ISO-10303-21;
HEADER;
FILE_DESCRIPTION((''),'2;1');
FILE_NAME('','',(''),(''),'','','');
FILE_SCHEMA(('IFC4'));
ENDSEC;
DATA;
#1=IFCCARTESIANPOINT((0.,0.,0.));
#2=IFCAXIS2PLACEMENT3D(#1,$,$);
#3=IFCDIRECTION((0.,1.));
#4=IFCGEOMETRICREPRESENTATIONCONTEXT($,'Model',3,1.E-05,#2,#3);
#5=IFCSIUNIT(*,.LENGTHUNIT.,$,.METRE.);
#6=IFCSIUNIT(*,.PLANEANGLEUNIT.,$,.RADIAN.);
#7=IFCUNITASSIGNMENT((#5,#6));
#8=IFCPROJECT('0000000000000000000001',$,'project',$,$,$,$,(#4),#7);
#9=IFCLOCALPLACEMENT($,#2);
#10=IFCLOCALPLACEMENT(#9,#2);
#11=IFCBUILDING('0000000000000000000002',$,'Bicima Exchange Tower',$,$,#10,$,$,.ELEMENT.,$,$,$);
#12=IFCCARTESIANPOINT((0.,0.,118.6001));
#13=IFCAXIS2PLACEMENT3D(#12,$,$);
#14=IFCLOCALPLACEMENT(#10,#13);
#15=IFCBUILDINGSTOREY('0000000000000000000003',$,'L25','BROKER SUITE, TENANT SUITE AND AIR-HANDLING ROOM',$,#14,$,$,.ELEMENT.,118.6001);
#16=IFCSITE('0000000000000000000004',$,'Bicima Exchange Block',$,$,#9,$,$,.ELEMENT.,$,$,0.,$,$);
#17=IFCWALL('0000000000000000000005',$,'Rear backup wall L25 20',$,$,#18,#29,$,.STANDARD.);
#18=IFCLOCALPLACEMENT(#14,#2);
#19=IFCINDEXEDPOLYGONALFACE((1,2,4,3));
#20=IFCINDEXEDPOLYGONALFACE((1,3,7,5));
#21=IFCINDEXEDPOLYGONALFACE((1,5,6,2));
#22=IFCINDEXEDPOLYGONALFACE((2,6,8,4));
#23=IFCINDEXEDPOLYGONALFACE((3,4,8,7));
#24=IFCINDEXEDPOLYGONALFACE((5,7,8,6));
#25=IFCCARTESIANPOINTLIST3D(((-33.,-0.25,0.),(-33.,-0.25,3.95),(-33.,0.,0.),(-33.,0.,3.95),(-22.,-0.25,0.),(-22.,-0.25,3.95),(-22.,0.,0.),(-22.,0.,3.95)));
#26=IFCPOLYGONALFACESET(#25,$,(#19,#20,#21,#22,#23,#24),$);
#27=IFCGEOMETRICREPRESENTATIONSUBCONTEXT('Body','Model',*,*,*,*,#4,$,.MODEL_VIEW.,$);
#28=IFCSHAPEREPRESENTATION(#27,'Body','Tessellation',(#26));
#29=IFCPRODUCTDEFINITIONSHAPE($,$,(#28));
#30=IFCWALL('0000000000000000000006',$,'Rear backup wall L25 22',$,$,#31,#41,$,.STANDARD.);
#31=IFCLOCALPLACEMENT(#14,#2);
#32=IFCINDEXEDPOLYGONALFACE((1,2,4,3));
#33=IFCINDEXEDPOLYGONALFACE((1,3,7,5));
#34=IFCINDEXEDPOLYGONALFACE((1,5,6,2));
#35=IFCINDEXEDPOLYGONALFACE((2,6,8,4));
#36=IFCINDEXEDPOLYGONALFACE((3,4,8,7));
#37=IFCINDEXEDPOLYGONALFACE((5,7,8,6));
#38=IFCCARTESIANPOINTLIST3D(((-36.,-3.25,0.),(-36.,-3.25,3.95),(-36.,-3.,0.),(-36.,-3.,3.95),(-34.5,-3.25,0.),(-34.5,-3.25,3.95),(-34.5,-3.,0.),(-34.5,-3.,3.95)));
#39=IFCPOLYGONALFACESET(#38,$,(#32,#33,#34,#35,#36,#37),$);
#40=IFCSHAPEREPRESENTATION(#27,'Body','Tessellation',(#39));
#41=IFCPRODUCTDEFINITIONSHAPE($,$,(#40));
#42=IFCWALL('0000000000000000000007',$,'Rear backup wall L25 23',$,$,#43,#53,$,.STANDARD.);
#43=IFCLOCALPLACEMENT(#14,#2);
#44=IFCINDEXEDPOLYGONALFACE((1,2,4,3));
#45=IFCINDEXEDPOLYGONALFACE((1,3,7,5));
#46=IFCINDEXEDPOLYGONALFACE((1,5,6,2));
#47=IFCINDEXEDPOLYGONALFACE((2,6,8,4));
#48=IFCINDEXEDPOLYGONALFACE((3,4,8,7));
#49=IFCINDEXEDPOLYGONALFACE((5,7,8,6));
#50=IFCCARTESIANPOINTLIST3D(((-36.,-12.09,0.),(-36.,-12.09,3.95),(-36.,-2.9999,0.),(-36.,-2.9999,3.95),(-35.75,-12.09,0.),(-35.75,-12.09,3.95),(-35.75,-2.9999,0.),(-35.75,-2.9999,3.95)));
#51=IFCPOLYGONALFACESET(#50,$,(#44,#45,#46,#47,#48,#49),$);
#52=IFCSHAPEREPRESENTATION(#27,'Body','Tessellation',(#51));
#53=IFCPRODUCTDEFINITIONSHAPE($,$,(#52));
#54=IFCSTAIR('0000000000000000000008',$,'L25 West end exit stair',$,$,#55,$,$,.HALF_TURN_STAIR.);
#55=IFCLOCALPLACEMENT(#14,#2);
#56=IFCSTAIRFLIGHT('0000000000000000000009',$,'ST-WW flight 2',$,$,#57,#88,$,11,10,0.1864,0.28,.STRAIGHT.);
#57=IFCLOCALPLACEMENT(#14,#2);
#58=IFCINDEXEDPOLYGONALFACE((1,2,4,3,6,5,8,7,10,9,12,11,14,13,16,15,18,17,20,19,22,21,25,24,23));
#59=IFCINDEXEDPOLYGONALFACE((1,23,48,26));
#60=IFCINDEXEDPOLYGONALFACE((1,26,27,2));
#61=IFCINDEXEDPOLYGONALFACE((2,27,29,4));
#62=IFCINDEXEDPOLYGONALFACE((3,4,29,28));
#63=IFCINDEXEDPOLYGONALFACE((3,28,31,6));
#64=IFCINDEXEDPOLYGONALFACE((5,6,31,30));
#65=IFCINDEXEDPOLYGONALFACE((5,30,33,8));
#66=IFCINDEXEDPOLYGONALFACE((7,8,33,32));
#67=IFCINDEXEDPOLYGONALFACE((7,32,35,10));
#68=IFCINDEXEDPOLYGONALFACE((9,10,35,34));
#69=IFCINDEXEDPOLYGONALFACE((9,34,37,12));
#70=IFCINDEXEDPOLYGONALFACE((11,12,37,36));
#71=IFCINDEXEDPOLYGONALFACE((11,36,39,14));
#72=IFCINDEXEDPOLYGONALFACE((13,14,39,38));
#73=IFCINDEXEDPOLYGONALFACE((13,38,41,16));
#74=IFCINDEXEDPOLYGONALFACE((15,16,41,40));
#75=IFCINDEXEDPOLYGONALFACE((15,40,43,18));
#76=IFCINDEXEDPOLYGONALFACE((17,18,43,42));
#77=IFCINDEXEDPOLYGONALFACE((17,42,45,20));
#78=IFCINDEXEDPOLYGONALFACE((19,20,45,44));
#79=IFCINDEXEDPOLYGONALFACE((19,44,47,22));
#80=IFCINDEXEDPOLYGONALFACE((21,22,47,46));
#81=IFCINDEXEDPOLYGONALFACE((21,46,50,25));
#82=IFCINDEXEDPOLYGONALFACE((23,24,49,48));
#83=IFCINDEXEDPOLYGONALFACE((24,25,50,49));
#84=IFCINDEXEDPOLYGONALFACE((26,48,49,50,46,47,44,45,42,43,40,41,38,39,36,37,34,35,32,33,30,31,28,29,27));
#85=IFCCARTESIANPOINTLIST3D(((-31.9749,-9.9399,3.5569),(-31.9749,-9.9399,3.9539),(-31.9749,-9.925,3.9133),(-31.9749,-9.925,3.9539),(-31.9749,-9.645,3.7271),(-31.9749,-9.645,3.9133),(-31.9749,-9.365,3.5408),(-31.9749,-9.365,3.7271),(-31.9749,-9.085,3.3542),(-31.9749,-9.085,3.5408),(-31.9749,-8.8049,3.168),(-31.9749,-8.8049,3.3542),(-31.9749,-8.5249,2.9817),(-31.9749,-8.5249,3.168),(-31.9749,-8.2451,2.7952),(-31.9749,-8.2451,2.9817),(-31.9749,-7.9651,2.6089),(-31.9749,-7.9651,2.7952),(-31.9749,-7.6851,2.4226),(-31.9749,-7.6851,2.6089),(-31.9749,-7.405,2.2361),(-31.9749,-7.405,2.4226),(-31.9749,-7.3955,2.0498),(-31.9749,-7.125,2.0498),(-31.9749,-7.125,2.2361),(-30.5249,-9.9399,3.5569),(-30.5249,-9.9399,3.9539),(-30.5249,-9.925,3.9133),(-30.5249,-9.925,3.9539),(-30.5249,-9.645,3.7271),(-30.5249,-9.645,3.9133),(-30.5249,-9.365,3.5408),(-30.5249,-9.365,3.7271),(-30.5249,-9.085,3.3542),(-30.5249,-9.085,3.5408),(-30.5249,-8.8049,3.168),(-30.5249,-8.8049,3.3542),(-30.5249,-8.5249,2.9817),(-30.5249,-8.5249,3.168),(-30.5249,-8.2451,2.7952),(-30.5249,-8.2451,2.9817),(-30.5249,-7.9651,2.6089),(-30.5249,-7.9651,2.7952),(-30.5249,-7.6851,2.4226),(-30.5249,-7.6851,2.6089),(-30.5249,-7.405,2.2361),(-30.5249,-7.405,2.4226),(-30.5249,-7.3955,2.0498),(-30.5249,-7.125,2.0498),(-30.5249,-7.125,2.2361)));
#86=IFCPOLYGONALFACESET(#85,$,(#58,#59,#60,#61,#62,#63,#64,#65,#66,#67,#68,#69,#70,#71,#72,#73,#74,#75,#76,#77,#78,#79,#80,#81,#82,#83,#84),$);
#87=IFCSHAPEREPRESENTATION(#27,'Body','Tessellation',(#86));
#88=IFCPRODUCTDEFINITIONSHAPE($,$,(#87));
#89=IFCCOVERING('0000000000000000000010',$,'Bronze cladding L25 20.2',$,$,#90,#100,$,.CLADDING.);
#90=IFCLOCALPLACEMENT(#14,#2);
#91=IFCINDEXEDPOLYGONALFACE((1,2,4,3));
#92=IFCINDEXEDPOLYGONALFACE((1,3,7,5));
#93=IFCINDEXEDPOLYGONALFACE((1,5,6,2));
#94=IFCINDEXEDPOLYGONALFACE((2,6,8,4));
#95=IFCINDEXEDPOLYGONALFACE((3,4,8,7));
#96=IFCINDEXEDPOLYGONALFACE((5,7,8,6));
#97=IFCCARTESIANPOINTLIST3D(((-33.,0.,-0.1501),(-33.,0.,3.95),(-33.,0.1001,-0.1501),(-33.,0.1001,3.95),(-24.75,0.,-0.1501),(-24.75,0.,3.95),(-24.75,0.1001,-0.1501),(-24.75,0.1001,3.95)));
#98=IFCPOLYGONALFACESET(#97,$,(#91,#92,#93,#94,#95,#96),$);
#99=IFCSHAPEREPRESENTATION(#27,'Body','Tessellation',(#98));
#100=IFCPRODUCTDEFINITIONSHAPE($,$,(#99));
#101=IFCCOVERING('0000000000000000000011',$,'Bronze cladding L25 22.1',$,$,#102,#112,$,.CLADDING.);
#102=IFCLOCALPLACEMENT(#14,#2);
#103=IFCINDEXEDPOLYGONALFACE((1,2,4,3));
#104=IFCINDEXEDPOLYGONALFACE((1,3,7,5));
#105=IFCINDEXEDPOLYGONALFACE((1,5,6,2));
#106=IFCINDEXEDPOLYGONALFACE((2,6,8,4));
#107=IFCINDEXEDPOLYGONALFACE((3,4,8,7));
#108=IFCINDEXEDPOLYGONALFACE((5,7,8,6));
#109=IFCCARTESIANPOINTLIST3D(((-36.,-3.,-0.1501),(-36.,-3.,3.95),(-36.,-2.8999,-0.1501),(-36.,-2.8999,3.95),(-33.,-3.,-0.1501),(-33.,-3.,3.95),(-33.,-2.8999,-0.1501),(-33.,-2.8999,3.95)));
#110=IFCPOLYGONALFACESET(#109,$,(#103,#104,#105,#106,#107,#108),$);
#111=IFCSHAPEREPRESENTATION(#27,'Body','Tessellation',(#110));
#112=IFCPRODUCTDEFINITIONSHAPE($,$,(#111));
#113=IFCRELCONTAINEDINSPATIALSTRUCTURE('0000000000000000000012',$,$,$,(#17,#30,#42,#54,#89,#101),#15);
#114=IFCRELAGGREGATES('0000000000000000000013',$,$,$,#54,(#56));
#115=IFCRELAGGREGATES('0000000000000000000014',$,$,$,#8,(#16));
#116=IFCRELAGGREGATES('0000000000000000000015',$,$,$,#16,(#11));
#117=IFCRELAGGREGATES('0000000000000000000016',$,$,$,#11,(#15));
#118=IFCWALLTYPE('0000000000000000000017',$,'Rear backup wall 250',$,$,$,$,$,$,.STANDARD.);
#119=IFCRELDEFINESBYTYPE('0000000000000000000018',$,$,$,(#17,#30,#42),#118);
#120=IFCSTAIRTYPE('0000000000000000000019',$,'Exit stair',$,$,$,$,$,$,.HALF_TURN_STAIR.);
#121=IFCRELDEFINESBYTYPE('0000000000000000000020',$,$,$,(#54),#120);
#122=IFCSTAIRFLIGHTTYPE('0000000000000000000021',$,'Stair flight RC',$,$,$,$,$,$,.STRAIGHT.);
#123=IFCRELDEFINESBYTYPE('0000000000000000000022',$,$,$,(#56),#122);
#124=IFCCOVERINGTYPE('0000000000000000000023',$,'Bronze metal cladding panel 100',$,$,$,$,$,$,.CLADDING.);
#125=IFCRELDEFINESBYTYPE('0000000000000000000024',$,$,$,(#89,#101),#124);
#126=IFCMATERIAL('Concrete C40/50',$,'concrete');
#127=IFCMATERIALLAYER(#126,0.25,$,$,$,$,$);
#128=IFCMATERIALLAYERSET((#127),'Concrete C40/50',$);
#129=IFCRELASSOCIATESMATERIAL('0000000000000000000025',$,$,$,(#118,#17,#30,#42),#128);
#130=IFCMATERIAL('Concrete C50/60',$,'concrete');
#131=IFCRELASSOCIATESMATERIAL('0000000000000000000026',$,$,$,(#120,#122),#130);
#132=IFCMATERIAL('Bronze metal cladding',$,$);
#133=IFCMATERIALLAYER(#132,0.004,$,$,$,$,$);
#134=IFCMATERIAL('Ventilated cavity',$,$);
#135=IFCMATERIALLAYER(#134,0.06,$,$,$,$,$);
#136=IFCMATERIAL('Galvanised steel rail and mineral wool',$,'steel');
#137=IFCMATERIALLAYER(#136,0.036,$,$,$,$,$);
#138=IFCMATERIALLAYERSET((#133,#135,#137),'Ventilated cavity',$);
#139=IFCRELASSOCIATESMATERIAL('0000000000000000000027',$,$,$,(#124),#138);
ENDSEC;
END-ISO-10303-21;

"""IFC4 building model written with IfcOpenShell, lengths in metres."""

from ifc_helpers import new_model, si_unit, direction, frame, frame_2d, origin, origin_2d, place, context, subcontext, project, spatial, polyline, rectangle, outline, extrude, material, layer, layer_set, layer_usage, type_object, element, aggregate, save


model = new_model("IFC4")

# Units and contexts
model_context = context("Model", 3, precision=1e-05, world=origin(), true_north=direction((0.0, 1.0)))
body_context = subcontext(model_context, "Body", "Model", "MODEL_VIEW")
ifc_project = project(units=[si_unit("LENGTHUNIT", "METRE"), si_unit("PLANEANGLEUNIT", "RADIAN")], contexts=[model_context])

# Site, building, storey
site_placement = place(None, origin())
site = spatial("IfcSite", under=ifc_project, at=site_placement, Name="Bicima Exchange Block", CompositionType="ELEMENT", RefElevation=0.0)
building_placement = place(site_placement, origin())
building = spatial("IfcBuilding", under=site, at=building_placement, Name="Bicima Exchange Tower", CompositionType="ELEMENT")
storey_placement = place(building_placement, frame((0.0, 0.0, 118.6001)))
storey = spatial("IfcBuildingStorey", under=building, at=storey_placement, Name="L25", Description="BROKER SUITE, TENANT SUITE AND AIR-HANDLING ROOM", CompositionType="ELEMENT", Elevation=118.6001)

# Walls
ifc_material_1 = material(Name="Concrete C50/60", Category="concrete")
ifc_material_2 = material(Name="Concrete C40/50", Category="concrete")
ifc_layer_1 = layer(ifc_material_2, 0.25)
ifc_layer_set_1 = layer_set([ifc_layer_1], Name="Concrete C40/50")
ifc_layer_usage = layer_usage(ifc_layer_set_1, "AXIS2", "POSITIVE", -0.125)
wall_type_1 = type_object("IfcWallType", Name="Rear backup wall 250", PredefinedType="STANDARD", material=ifc_layer_set_1)
wall_1_placement = place(storey_placement, frame((-22.0, -0.125, 0.0), z_axis=(0.0, 0.0, 1.0), x_axis=(-1.0, 0.0, 0.0)))
element("IfcWall", 1, at=wall_1_placement, inside=storey, type_object=wall_type_1, material=ifc_layer_usage, Name="Rear backup wall L25 20", PredefinedType="STANDARD", context=body_context, shape_type="SweptSolid", body=[
    extrude(rectangle(XDim=11.0, YDim=0.25, at=frame_2d((5.5, 0.0))), origin(), (0.0, 0.0, 1.0), 3.95),
])
wall_2_placement = place(storey_placement, frame((-34.5, -3.125, 0.0), z_axis=(0.0, 0.0, 1.0), x_axis=(-1.0, 0.0, 0.0)))
element("IfcWall", 2, at=wall_2_placement, inside=storey, type_object=wall_type_1, material=ifc_layer_usage, Name="Rear backup wall L25 22", PredefinedType="STANDARD", context=body_context, shape_type="SweptSolid", body=[
    extrude(rectangle(XDim=1.5, YDim=0.25, at=frame_2d((0.75, 0.0))), origin(), (0.0, 0.0, 1.0), 3.95),
])
wall_3_placement = place(storey_placement, frame((-35.875, -3.0, 0.0), z_axis=(0.0, 0.0, 1.0), x_axis=(0.0, -1.0, 0.0)))
element("IfcWall", 3, at=wall_3_placement, inside=storey, type_object=wall_type_1, material=ifc_layer_usage, Name="Rear backup wall L25 23", PredefinedType="STANDARD", context=body_context, shape_type="SweptSolid", body=[
    extrude(rectangle(XDim=9.0901, YDim=0.25, at=frame_2d((4.5449, 0.0))), origin(), (0.0, 0.0, 1.0), 3.95),
])

# Stair, stair flight
stair_type = type_object("IfcStairType", Name="Exit stair", PredefinedType="HALF_TURN_STAIR", material=ifc_material_1)
stair_placement = place(storey_placement, origin())
stair = element("IfcStair", 4, at=stair_placement, inside=storey, type_object=stair_type, Name="L25 West end exit stair", PredefinedType="HALF_TURN_STAIR")
stair_flight_type = type_object("IfcStairFlightType", Name="Stair flight RC", PredefinedType="STRAIGHT", material=ifc_material_1)
stair_flight_placement = place(storey_placement, frame((-31.25, -7.125, 2.0498), z_axis=(0.0, 0.0, 1.0), x_axis=(0.0, -1.0, 0.0)))
stair_flight = element("IfcStairFlight", 5, at=stair_flight_placement, type_object=stair_flight_type, Name="ST-WW flight 2", NumberOfRisers=11, NumberOfTreads=10, PredefinedType="STRAIGHT", RiserHeight=0.1864, TreadLength=0.28, context=body_context, shape_type="SweptSolid", body=[
    extrude(outline(polyline([(0.0, 0.0), (0.0, 0.1863), (0.28, 0.1863), (0.28, 0.3728), (0.5601, 0.3728), (0.5601, 0.5591), (0.8401, 0.5591), (0.8401, 0.7454), (1.1201, 0.7454), (1.1201, 0.9319), (1.3999, 0.9319), (1.3999, 1.1182), (1.6799, 1.1182), (1.6799, 1.3044), (1.96, 1.3044), (1.96, 1.491), (2.24, 1.491), (2.24, 1.6772), (2.52, 1.6772), (2.52, 1.8635), (2.8, 1.8635), (2.8, 1.9041), (2.8149, 1.9041), (2.8149, 1.5071), (0.2705, 0.0), (0.0, 0.0)])), frame((0.0, 0.7251, 0.0), z_axis=(0.0, -1.0, 0.0), x_axis=(1.0, 0.0, 0.0)), (0.0, 0.0, 1.0), 1.45),
])
aggregate(stair, [stair_flight])

# Coverings
ifc_material_3 = material(Name="Bronze metal cladding")
ifc_layer_2 = layer(ifc_material_3, 0.004)
ifc_material_4 = material(Name="Ventilated cavity")
ifc_layer_3 = layer(ifc_material_4, 0.06)
ifc_material_5 = material(Name="Galvanised steel rail and mineral wool", Category="steel")
ifc_layer_4 = layer(ifc_material_5, 0.036)
ifc_layer_set_2 = layer_set([ifc_layer_2, ifc_layer_3, ifc_layer_4], Name="Ventilated cavity")
covering_type = type_object("IfcCoveringType", Name="Bronze metal cladding panel 100", PredefinedType="CLADDING", material=ifc_layer_set_2)
covering_1_placement = place(storey_placement, frame((-28.875, 0.05, -0.1501), z_axis=(0.0, 0.0, 1.0), x_axis=(-1.0, 0.0, 0.0)))
element("IfcCovering", 6, at=covering_1_placement, inside=storey, type_object=covering_type, Name="Bronze cladding L25 20.2", PredefinedType="CLADDING", context=body_context, shape_type="SweptSolid", body=[
    extrude(rectangle(XDim=8.25, YDim=0.1001, at=origin_2d()), origin(), (0.0, 0.0, 1.0), 4.1001),
])
covering_2_placement = place(storey_placement, frame((-34.5, -2.95, -0.1501), z_axis=(0.0, 0.0, 1.0), x_axis=(-1.0, 0.0, 0.0)))
element("IfcCovering", 7, at=covering_2_placement, inside=storey, type_object=covering_type, Name="Bronze cladding L25 22.1", PredefinedType="CLADDING", context=body_context, shape_type="SweptSolid", body=[
    extrude(rectangle(XDim=3.0, YDim=0.1001, at=origin_2d()), origin(), (0.0, 0.0, 1.0), 4.1001),
])

save(model, "model.ifc")
